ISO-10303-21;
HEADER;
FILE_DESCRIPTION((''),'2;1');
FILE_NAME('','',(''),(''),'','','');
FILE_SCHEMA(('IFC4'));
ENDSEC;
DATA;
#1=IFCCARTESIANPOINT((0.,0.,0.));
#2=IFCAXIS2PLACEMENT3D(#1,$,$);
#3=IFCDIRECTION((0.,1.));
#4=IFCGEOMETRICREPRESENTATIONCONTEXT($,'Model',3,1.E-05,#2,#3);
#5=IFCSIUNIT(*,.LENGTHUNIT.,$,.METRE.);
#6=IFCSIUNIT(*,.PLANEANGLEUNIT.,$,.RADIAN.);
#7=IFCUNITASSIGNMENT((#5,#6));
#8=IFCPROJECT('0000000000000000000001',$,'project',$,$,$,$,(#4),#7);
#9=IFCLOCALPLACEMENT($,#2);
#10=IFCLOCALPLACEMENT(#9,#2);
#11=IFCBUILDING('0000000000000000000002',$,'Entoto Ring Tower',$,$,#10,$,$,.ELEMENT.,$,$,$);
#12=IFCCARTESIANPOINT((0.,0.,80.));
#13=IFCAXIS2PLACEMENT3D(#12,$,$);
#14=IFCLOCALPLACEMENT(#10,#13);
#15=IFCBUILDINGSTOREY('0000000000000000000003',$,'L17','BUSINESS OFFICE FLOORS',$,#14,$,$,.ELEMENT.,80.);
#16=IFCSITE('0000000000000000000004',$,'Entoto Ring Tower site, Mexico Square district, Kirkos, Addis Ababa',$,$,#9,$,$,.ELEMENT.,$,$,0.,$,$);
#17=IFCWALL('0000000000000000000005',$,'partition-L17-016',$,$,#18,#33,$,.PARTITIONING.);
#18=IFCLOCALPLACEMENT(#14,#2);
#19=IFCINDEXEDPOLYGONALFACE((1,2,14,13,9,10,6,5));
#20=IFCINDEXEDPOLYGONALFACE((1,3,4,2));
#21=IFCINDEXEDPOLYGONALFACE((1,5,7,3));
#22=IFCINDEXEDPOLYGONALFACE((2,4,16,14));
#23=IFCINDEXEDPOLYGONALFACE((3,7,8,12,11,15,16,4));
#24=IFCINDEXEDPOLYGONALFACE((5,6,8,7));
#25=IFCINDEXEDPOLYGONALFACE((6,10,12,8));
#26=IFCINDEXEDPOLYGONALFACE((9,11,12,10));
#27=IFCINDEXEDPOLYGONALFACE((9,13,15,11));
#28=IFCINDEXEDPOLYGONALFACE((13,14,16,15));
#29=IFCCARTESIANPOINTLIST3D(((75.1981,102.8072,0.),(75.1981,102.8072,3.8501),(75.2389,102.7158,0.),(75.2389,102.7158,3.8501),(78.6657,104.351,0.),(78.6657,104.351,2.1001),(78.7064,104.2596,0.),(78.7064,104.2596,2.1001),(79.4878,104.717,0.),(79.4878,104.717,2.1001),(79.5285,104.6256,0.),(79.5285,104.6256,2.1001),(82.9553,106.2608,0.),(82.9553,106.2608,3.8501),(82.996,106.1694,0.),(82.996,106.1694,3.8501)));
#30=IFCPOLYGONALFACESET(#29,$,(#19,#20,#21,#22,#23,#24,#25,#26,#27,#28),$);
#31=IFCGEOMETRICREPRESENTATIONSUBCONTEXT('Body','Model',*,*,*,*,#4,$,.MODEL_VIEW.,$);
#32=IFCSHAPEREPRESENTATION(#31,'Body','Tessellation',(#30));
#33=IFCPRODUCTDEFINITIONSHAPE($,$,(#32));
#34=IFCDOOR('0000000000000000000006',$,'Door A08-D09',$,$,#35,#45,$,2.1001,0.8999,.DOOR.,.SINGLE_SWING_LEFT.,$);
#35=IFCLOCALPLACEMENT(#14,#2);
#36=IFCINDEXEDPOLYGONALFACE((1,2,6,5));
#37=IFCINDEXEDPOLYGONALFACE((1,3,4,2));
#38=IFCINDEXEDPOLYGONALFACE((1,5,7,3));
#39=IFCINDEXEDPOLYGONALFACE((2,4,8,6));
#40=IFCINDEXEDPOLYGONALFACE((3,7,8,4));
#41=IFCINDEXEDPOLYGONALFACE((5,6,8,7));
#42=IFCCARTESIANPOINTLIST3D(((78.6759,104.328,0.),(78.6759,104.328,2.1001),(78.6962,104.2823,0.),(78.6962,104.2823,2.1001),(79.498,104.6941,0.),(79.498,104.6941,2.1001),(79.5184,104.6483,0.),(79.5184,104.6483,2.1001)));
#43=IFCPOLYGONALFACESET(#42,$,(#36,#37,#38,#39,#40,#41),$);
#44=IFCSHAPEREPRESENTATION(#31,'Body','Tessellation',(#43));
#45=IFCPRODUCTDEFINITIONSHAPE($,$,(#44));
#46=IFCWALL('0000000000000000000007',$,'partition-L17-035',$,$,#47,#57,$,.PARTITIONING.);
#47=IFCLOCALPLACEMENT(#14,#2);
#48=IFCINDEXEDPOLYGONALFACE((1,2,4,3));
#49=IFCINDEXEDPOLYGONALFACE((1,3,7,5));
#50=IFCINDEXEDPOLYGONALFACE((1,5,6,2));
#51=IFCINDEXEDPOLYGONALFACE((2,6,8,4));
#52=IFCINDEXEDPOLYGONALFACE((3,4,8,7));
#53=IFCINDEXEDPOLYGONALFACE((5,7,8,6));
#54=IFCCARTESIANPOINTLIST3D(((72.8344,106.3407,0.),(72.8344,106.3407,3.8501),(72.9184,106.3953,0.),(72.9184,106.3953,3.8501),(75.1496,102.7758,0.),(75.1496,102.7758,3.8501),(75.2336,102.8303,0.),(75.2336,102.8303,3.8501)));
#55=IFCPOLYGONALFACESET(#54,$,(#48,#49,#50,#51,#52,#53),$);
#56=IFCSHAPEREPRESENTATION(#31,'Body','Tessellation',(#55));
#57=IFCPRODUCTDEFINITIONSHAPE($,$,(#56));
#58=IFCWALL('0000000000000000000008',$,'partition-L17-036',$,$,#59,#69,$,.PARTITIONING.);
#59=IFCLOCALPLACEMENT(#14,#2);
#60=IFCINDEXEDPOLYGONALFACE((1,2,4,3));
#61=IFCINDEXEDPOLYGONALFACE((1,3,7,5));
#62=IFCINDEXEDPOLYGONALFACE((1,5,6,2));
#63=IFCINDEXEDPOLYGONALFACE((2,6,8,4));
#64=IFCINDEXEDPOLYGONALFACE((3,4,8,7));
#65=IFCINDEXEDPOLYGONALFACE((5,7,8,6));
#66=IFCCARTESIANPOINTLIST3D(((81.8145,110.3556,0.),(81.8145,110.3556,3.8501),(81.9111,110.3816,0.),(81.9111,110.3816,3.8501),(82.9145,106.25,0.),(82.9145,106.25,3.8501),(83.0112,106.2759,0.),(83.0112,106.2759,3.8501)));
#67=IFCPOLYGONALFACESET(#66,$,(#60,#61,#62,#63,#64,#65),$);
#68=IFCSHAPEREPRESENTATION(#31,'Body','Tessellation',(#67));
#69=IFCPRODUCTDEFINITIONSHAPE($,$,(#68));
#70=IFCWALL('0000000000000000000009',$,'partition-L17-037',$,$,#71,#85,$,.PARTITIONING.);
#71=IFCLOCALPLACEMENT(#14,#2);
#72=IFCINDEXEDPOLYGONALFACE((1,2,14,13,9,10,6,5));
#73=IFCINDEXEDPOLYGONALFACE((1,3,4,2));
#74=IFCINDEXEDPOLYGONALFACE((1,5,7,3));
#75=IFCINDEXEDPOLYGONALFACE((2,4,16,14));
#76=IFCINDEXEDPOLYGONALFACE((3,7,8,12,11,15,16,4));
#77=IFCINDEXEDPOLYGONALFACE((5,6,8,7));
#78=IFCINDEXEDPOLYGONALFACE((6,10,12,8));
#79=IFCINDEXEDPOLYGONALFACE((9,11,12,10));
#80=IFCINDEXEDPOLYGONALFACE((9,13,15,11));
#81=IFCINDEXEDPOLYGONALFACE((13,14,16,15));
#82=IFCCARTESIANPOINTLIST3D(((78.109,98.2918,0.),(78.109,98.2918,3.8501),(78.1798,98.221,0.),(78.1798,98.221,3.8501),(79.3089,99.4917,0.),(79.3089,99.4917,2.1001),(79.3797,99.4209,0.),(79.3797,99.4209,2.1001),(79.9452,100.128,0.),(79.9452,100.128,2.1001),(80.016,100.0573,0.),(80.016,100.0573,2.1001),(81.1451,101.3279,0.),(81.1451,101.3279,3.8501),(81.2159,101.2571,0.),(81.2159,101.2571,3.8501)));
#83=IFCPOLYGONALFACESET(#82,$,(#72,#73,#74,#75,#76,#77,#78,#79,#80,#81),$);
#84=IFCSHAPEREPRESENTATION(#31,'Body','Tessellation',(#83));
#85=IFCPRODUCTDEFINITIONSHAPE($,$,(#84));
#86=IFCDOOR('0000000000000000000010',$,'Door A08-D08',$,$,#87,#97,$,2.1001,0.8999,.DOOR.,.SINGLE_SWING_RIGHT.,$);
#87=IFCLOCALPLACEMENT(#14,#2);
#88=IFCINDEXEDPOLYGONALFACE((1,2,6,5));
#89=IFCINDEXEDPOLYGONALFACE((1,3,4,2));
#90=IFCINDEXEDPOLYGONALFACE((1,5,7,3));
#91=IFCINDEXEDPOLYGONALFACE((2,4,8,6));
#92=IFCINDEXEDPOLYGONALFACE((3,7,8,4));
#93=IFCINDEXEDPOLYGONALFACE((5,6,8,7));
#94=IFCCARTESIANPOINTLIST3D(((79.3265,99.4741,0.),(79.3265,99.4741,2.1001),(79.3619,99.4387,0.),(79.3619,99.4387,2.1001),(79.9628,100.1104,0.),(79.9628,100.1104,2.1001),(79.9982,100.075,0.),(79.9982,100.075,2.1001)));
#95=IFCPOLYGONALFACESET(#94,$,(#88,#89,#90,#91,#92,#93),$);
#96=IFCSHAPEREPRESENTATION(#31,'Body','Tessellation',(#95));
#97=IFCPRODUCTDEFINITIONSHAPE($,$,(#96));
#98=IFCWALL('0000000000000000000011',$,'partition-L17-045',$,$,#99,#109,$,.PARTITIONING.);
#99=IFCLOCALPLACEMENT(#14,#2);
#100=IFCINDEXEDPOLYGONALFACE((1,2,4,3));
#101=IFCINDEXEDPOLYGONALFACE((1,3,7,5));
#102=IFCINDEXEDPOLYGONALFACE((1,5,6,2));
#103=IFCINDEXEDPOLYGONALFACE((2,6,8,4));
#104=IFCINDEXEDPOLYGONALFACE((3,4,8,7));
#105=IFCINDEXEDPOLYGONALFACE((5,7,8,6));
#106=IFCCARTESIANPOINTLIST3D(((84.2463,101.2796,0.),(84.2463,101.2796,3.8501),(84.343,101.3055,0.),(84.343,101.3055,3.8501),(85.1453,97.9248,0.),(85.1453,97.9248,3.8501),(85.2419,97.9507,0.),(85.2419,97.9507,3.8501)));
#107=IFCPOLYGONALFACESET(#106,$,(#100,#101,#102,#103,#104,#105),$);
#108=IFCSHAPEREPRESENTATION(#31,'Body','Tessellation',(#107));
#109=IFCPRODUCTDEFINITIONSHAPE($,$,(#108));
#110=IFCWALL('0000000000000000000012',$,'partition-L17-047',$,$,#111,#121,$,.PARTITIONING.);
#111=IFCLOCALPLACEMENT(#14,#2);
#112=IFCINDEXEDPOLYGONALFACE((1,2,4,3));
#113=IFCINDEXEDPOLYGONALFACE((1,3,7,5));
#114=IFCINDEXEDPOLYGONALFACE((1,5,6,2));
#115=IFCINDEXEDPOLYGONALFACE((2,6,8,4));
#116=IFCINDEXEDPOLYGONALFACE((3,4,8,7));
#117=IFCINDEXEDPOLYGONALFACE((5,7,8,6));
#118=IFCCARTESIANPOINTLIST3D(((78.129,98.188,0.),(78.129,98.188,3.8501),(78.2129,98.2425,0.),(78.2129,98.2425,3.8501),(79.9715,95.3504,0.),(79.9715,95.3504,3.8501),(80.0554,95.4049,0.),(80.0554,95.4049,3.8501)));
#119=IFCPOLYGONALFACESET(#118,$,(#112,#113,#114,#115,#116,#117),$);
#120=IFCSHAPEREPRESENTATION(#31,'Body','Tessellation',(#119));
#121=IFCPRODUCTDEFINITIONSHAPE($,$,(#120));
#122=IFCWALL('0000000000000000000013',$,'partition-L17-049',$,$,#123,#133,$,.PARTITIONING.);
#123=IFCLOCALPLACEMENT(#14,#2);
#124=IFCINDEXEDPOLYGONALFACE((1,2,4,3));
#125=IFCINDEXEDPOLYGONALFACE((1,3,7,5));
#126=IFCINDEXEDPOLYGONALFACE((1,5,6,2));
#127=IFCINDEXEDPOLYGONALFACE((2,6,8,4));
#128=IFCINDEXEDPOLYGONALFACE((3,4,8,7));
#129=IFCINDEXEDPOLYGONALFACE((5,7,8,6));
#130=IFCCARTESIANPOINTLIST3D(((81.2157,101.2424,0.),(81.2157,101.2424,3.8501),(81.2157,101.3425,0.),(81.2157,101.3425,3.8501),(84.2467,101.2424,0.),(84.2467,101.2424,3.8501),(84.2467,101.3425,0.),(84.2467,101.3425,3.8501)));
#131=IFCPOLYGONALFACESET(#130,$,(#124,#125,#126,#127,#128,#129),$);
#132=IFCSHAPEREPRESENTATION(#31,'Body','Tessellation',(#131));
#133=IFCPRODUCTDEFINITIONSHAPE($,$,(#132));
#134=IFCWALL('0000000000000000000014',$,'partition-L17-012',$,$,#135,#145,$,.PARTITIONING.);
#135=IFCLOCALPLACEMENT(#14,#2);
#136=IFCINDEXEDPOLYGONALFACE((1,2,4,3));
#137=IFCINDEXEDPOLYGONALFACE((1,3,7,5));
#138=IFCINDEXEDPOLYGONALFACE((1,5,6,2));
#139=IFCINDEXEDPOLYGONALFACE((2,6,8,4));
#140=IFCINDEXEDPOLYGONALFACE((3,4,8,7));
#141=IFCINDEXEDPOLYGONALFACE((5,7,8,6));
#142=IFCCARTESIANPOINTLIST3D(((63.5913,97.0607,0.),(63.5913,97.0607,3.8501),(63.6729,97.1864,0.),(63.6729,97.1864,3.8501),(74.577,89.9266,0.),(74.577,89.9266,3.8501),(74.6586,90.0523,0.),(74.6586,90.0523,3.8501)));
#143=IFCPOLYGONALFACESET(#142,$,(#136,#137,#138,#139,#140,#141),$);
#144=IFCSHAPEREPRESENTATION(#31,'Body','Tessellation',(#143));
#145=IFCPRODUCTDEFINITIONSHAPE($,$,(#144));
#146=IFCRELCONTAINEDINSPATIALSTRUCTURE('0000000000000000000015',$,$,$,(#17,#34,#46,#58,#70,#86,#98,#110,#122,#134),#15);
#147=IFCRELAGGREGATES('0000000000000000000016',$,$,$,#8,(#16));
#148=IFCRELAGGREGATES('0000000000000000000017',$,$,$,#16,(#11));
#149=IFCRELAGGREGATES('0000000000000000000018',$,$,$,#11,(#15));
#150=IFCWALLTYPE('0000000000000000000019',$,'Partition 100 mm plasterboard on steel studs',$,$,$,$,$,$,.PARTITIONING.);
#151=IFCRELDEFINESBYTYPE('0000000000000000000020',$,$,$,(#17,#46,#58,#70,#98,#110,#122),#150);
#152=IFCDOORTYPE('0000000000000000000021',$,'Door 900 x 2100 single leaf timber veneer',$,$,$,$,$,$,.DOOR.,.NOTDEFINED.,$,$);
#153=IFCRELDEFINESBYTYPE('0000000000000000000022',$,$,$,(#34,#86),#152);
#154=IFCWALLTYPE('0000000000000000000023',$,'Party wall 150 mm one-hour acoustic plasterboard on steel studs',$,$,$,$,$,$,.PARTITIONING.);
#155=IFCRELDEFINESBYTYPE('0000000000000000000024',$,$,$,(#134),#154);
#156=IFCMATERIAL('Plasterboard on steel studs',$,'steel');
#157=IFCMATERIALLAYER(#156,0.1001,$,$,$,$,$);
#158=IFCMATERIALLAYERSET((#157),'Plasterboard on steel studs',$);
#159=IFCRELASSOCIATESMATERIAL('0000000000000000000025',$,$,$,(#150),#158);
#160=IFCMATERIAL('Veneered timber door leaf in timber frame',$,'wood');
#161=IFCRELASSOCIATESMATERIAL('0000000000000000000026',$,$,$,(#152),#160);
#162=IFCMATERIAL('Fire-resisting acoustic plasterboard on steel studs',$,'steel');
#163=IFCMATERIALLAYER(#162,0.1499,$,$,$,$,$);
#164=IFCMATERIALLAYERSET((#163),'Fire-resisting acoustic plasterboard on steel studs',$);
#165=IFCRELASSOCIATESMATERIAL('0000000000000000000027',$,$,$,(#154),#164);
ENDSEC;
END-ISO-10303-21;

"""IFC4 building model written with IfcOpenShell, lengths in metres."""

from ifc_helpers import new_model, si_unit, direction, frame, frame_2d, origin, place, context, subcontext, project, spatial, rectangle, extrude, material, layer, layer_set, type_object, element, fill, save


model = new_model("IFC4")

# Units and contexts
model_context = context("Model", 3, precision=1e-05, world=origin(), true_north=direction((0.0, 1.0)))
body_context = subcontext(model_context, "Body", "Model", "MODEL_VIEW")
ifc_project = project(units=[si_unit("LENGTHUNIT", "METRE"), si_unit("PLANEANGLEUNIT", "RADIAN")], contexts=[model_context])

# Site, building, storey
site_placement = place(None, origin())
site = spatial("IfcSite", under=ifc_project, at=site_placement, Name="Entoto Ring Tower site, Mexico Square district, Kirkos, Addis Ababa", CompositionType="ELEMENT", RefElevation=0.0)
building_placement = place(site_placement, origin())
building = spatial("IfcBuilding", under=site, at=building_placement, Name="Entoto Ring Tower", CompositionType="ELEMENT")
storey_placement = place(building_placement, frame((0.0, 0.0, 80.0)))
storey = spatial("IfcBuildingStorey", under=building, at=storey_placement, Name="L17", Description="BUSINESS OFFICE FLOORS", CompositionType="ELEMENT", Elevation=80.0)

# Wall, opening, door
ifc_material_1 = material(Name="Plasterboard on steel studs", Category="steel")
ifc_layer_1 = layer(ifc_material_1, 0.1001)
ifc_layer_set_1 = layer_set([ifc_layer_1], Name="Plasterboard on steel studs")
wall_type_1 = type_object("IfcWallType", Name="Partition 100 mm plasterboard on steel studs", PredefinedType="PARTITIONING", material=ifc_layer_set_1)
wall_1_placement = place(storey_placement, frame((75.2185, 102.7615, 0.0), z_axis=(0.0, 0.0, 1.0), x_axis=(0.913548, 0.406731, 0.0)))
wall_1 = element("IfcWall", 1, at=wall_1_placement, inside=storey, type_object=wall_type_1, Name="partition-L17-016", PredefinedType="PARTITIONING", context=body_context, shape_type="SweptSolid", body=[
    extrude(rectangle(XDim=8.4912, YDim=0.1001, at=frame_2d((4.2456, 0.0))), origin(), (0.0, 0.0, 1.0), 3.8501),
])
opening_1_placement = place(wall_1_placement, frame((3.7957, 0.0, 0.0)))
opening_1 = element("IfcOpeningElement", 2, at=opening_1_placement, cuts=wall_1, PredefinedType="OPENING", context=body_context, shape_type="SweptSolid", body=[
    extrude(rectangle(XDim=0.8999, YDim=2.1001, at=frame_2d((0.45, 1.05))), frame((0.0, 0.0601, 0.0), z_axis=(0.0, -1.0, 0.0), x_axis=(1.0, 0.0, 0.0)), (0.0, 0.0, 1.0), 0.1201),
])
ifc_material_2 = material(Name="Veneered timber door leaf in timber frame", Category="wood")
door_type_1 = type_object("IfcDoorType", Name="Door 900 x 2100 single leaf timber veneer", OperationType="NOTDEFINED", PredefinedType="DOOR", material=ifc_material_2)
door_1_placement = place(opening_1_placement, origin())
door_1 = element("IfcDoor", 3, at=door_1_placement, inside=storey, type_object=door_type_1, Name="Door A08-D09", OperationType="SINGLE_SWING_LEFT", OverallHeight=2.1001, OverallWidth=0.8999, PredefinedType="DOOR", context=body_context, shape_type="SweptSolid", body=[
    extrude(rectangle(XDim=0.8999, YDim=2.1001, at=frame_2d((0.45, 1.05))), frame((0.0, 0.0249, 0.0), z_axis=(0.0, -1.0, 0.0), x_axis=(1.0, 0.0, 0.0)), (0.0, 0.0, 1.0), 0.05),
])
fill(opening_1, door_1)

# Walls
wall_2_placement = place(storey_placement, frame((75.1917, 102.803, 0.0), z_axis=(0.0, 0.0, 1.0), x_axis=(-0.544653, 0.838661, 0.0)))
element("IfcWall", 4, at=wall_2_placement, inside=storey, type_object=wall_type_1, Name="partition-L17-035", PredefinedType="PARTITIONING", context=body_context, shape_type="SweptSolid", body=[
    extrude(rectangle(XDim=4.2507, YDim=0.1001, at=frame_2d((2.1255, 0.0))), origin(), (0.0, 0.0, 1.0), 3.8501),
])
wall_3_placement = place(storey_placement, frame((82.9629, 106.2629, 0.0), z_axis=(0.0, 0.0, 1.0), x_axis=(-0.258814, 0.965927, 0.0)))
element("IfcWall", 5, at=wall_3_placement, inside=storey, type_object=wall_type_1, Name="partition-L17-036", PredefinedType="PARTITIONING", context=body_context, shape_type="SweptSolid", body=[
    extrude(rectangle(XDim=4.2505, YDim=0.1001, at=frame_2d((2.1252, 0.0))), origin(), (0.0, 0.0, 1.0), 3.8501),
])

# Wall, opening, door
wall_4_placement = place(storey_placement, frame((78.1443, 98.2563, 0.0), z_axis=(0.0, 0.0, 1.0), x_axis=(0.707107, 0.707107, 0.0)))
wall_4 = element("IfcWall", 6, at=wall_4_placement, inside=storey, type_object=wall_type_1, Name="partition-L17-037", PredefinedType="PARTITIONING", context=body_context, shape_type="SweptSolid", body=[
    extrude(rectangle(XDim=4.2937, YDim=0.1001, at=frame_2d((2.147, 0.0))), origin(), (0.0, 0.0, 1.0), 3.8501),
])
opening_2_placement = place(wall_4_placement, frame((1.697, 0.0, 0.0)))
opening_2 = element("IfcOpeningElement", 7, at=opening_2_placement, cuts=wall_4, PredefinedType="OPENING", context=body_context, shape_type="SweptSolid", body=[
    extrude(rectangle(XDim=0.8999, YDim=2.1001, at=frame_2d((0.45, 1.05))), frame((0.0, 0.0601, 0.0), z_axis=(0.0, -1.0, 0.0), x_axis=(1.0, 0.0, 0.0)), (0.0, 0.0, 1.0), 0.1201),
])
door_2_placement = place(opening_2_placement, frame((0.8999, 0.0, 0.0), z_axis=(0.0, 0.0, 1.0), x_axis=(-1.0, 0.0, 0.0)))
door_2 = element("IfcDoor", 8, at=door_2_placement, inside=storey, type_object=door_type_1, Name="Door A08-D08", OperationType="SINGLE_SWING_RIGHT", OverallHeight=2.1001, OverallWidth=0.8999, PredefinedType="DOOR", context=body_context, shape_type="SweptSolid", body=[
    extrude(rectangle(XDim=0.8999, YDim=2.1001, at=frame_2d((0.45, 1.05))), frame((0.0, 0.0249, 0.0), z_axis=(0.0, -1.0, 0.0), x_axis=(1.0, 0.0, 0.0)), (0.0, 0.0, 1.0), 0.05),
])
fill(opening_2, door_2)

# Walls
wall_5_placement = place(storey_placement, frame((85.1936, 97.9377, 0.0), z_axis=(0.0, 0.0, 1.0), x_axis=(-0.258826, 0.965924, 0.0)))
element("IfcWall", 9, at=wall_5_placement, inside=storey, type_object=wall_type_1, Name="partition-L17-045", PredefinedType="PARTITIONING", context=body_context, shape_type="SweptSolid", body=[
    extrude(rectangle(XDim=3.4731, YDim=0.1001, at=frame_2d((1.7366, 0.0))), origin(), (0.0, 0.0, 1.0), 3.8501),
])
wall_6_placement = place(storey_placement, frame((80.0134, 95.3777, 0.0), z_axis=(0.0, 0.0, 1.0), x_axis=(-0.544585, 0.838706, 0.0)))
element("IfcWall", 10, at=wall_6_placement, inside=storey, type_object=wall_type_1, Name="partition-L17-047", PredefinedType="PARTITIONING", context=body_context, shape_type="SweptSolid", body=[
    extrude(rectangle(XDim=3.3833, YDim=0.1001, at=frame_2d((1.6917, 0.0))), origin(), (0.0, 0.0, 1.0), 3.8501),
])
wall_7_placement = place(storey_placement, frame((81.2156, 101.2925, 0.0), z_axis=(0.0, 0.0, 1.0), x_axis=(1.0, 0.0, 0.0)))
element("IfcWall", 11, at=wall_7_placement, inside=storey, type_object=wall_type_1, Name="partition-L17-049", PredefinedType="PARTITIONING", context=body_context, shape_type="SweptSolid", body=[
    extrude(rectangle(XDim=3.031, YDim=0.1001, at=frame_2d((1.5156, 0.0))), origin(), (0.0, 0.0, 1.0), 3.8501),
])
ifc_material_3 = material(Name="Fire-resisting acoustic plasterboard on steel studs", Category="steel")
ifc_layer_2 = layer(ifc_material_3, 0.1499)
ifc_layer_set_2 = layer_set([ifc_layer_2], Name="Fire-resisting acoustic plasterboard on steel studs")
wall_type_2 = type_object("IfcWallType", Name="Party wall 150 mm one-hour acoustic plasterboard on steel studs", PredefinedType="PARTITIONING", material=ifc_layer_set_2)
wall_8_placement = place(storey_placement, frame((74.6177, 89.9895, 0.0), z_axis=(0.0, 0.0, 1.0), x_axis=(-0.838674, 0.544634, 0.0)))
element("IfcWall", 12, at=wall_8_placement, inside=storey, type_object=wall_type_2, Name="partition-L17-012", PredefinedType="PARTITIONING", context=body_context, shape_type="SweptSolid", body=[
    extrude(rectangle(XDim=13.0989, YDim=0.1499, at=frame_2d((6.5493, 0.0))), origin(), (0.0, 0.0, 1.0), 3.8501),
])

save(model, "model.ifc")
